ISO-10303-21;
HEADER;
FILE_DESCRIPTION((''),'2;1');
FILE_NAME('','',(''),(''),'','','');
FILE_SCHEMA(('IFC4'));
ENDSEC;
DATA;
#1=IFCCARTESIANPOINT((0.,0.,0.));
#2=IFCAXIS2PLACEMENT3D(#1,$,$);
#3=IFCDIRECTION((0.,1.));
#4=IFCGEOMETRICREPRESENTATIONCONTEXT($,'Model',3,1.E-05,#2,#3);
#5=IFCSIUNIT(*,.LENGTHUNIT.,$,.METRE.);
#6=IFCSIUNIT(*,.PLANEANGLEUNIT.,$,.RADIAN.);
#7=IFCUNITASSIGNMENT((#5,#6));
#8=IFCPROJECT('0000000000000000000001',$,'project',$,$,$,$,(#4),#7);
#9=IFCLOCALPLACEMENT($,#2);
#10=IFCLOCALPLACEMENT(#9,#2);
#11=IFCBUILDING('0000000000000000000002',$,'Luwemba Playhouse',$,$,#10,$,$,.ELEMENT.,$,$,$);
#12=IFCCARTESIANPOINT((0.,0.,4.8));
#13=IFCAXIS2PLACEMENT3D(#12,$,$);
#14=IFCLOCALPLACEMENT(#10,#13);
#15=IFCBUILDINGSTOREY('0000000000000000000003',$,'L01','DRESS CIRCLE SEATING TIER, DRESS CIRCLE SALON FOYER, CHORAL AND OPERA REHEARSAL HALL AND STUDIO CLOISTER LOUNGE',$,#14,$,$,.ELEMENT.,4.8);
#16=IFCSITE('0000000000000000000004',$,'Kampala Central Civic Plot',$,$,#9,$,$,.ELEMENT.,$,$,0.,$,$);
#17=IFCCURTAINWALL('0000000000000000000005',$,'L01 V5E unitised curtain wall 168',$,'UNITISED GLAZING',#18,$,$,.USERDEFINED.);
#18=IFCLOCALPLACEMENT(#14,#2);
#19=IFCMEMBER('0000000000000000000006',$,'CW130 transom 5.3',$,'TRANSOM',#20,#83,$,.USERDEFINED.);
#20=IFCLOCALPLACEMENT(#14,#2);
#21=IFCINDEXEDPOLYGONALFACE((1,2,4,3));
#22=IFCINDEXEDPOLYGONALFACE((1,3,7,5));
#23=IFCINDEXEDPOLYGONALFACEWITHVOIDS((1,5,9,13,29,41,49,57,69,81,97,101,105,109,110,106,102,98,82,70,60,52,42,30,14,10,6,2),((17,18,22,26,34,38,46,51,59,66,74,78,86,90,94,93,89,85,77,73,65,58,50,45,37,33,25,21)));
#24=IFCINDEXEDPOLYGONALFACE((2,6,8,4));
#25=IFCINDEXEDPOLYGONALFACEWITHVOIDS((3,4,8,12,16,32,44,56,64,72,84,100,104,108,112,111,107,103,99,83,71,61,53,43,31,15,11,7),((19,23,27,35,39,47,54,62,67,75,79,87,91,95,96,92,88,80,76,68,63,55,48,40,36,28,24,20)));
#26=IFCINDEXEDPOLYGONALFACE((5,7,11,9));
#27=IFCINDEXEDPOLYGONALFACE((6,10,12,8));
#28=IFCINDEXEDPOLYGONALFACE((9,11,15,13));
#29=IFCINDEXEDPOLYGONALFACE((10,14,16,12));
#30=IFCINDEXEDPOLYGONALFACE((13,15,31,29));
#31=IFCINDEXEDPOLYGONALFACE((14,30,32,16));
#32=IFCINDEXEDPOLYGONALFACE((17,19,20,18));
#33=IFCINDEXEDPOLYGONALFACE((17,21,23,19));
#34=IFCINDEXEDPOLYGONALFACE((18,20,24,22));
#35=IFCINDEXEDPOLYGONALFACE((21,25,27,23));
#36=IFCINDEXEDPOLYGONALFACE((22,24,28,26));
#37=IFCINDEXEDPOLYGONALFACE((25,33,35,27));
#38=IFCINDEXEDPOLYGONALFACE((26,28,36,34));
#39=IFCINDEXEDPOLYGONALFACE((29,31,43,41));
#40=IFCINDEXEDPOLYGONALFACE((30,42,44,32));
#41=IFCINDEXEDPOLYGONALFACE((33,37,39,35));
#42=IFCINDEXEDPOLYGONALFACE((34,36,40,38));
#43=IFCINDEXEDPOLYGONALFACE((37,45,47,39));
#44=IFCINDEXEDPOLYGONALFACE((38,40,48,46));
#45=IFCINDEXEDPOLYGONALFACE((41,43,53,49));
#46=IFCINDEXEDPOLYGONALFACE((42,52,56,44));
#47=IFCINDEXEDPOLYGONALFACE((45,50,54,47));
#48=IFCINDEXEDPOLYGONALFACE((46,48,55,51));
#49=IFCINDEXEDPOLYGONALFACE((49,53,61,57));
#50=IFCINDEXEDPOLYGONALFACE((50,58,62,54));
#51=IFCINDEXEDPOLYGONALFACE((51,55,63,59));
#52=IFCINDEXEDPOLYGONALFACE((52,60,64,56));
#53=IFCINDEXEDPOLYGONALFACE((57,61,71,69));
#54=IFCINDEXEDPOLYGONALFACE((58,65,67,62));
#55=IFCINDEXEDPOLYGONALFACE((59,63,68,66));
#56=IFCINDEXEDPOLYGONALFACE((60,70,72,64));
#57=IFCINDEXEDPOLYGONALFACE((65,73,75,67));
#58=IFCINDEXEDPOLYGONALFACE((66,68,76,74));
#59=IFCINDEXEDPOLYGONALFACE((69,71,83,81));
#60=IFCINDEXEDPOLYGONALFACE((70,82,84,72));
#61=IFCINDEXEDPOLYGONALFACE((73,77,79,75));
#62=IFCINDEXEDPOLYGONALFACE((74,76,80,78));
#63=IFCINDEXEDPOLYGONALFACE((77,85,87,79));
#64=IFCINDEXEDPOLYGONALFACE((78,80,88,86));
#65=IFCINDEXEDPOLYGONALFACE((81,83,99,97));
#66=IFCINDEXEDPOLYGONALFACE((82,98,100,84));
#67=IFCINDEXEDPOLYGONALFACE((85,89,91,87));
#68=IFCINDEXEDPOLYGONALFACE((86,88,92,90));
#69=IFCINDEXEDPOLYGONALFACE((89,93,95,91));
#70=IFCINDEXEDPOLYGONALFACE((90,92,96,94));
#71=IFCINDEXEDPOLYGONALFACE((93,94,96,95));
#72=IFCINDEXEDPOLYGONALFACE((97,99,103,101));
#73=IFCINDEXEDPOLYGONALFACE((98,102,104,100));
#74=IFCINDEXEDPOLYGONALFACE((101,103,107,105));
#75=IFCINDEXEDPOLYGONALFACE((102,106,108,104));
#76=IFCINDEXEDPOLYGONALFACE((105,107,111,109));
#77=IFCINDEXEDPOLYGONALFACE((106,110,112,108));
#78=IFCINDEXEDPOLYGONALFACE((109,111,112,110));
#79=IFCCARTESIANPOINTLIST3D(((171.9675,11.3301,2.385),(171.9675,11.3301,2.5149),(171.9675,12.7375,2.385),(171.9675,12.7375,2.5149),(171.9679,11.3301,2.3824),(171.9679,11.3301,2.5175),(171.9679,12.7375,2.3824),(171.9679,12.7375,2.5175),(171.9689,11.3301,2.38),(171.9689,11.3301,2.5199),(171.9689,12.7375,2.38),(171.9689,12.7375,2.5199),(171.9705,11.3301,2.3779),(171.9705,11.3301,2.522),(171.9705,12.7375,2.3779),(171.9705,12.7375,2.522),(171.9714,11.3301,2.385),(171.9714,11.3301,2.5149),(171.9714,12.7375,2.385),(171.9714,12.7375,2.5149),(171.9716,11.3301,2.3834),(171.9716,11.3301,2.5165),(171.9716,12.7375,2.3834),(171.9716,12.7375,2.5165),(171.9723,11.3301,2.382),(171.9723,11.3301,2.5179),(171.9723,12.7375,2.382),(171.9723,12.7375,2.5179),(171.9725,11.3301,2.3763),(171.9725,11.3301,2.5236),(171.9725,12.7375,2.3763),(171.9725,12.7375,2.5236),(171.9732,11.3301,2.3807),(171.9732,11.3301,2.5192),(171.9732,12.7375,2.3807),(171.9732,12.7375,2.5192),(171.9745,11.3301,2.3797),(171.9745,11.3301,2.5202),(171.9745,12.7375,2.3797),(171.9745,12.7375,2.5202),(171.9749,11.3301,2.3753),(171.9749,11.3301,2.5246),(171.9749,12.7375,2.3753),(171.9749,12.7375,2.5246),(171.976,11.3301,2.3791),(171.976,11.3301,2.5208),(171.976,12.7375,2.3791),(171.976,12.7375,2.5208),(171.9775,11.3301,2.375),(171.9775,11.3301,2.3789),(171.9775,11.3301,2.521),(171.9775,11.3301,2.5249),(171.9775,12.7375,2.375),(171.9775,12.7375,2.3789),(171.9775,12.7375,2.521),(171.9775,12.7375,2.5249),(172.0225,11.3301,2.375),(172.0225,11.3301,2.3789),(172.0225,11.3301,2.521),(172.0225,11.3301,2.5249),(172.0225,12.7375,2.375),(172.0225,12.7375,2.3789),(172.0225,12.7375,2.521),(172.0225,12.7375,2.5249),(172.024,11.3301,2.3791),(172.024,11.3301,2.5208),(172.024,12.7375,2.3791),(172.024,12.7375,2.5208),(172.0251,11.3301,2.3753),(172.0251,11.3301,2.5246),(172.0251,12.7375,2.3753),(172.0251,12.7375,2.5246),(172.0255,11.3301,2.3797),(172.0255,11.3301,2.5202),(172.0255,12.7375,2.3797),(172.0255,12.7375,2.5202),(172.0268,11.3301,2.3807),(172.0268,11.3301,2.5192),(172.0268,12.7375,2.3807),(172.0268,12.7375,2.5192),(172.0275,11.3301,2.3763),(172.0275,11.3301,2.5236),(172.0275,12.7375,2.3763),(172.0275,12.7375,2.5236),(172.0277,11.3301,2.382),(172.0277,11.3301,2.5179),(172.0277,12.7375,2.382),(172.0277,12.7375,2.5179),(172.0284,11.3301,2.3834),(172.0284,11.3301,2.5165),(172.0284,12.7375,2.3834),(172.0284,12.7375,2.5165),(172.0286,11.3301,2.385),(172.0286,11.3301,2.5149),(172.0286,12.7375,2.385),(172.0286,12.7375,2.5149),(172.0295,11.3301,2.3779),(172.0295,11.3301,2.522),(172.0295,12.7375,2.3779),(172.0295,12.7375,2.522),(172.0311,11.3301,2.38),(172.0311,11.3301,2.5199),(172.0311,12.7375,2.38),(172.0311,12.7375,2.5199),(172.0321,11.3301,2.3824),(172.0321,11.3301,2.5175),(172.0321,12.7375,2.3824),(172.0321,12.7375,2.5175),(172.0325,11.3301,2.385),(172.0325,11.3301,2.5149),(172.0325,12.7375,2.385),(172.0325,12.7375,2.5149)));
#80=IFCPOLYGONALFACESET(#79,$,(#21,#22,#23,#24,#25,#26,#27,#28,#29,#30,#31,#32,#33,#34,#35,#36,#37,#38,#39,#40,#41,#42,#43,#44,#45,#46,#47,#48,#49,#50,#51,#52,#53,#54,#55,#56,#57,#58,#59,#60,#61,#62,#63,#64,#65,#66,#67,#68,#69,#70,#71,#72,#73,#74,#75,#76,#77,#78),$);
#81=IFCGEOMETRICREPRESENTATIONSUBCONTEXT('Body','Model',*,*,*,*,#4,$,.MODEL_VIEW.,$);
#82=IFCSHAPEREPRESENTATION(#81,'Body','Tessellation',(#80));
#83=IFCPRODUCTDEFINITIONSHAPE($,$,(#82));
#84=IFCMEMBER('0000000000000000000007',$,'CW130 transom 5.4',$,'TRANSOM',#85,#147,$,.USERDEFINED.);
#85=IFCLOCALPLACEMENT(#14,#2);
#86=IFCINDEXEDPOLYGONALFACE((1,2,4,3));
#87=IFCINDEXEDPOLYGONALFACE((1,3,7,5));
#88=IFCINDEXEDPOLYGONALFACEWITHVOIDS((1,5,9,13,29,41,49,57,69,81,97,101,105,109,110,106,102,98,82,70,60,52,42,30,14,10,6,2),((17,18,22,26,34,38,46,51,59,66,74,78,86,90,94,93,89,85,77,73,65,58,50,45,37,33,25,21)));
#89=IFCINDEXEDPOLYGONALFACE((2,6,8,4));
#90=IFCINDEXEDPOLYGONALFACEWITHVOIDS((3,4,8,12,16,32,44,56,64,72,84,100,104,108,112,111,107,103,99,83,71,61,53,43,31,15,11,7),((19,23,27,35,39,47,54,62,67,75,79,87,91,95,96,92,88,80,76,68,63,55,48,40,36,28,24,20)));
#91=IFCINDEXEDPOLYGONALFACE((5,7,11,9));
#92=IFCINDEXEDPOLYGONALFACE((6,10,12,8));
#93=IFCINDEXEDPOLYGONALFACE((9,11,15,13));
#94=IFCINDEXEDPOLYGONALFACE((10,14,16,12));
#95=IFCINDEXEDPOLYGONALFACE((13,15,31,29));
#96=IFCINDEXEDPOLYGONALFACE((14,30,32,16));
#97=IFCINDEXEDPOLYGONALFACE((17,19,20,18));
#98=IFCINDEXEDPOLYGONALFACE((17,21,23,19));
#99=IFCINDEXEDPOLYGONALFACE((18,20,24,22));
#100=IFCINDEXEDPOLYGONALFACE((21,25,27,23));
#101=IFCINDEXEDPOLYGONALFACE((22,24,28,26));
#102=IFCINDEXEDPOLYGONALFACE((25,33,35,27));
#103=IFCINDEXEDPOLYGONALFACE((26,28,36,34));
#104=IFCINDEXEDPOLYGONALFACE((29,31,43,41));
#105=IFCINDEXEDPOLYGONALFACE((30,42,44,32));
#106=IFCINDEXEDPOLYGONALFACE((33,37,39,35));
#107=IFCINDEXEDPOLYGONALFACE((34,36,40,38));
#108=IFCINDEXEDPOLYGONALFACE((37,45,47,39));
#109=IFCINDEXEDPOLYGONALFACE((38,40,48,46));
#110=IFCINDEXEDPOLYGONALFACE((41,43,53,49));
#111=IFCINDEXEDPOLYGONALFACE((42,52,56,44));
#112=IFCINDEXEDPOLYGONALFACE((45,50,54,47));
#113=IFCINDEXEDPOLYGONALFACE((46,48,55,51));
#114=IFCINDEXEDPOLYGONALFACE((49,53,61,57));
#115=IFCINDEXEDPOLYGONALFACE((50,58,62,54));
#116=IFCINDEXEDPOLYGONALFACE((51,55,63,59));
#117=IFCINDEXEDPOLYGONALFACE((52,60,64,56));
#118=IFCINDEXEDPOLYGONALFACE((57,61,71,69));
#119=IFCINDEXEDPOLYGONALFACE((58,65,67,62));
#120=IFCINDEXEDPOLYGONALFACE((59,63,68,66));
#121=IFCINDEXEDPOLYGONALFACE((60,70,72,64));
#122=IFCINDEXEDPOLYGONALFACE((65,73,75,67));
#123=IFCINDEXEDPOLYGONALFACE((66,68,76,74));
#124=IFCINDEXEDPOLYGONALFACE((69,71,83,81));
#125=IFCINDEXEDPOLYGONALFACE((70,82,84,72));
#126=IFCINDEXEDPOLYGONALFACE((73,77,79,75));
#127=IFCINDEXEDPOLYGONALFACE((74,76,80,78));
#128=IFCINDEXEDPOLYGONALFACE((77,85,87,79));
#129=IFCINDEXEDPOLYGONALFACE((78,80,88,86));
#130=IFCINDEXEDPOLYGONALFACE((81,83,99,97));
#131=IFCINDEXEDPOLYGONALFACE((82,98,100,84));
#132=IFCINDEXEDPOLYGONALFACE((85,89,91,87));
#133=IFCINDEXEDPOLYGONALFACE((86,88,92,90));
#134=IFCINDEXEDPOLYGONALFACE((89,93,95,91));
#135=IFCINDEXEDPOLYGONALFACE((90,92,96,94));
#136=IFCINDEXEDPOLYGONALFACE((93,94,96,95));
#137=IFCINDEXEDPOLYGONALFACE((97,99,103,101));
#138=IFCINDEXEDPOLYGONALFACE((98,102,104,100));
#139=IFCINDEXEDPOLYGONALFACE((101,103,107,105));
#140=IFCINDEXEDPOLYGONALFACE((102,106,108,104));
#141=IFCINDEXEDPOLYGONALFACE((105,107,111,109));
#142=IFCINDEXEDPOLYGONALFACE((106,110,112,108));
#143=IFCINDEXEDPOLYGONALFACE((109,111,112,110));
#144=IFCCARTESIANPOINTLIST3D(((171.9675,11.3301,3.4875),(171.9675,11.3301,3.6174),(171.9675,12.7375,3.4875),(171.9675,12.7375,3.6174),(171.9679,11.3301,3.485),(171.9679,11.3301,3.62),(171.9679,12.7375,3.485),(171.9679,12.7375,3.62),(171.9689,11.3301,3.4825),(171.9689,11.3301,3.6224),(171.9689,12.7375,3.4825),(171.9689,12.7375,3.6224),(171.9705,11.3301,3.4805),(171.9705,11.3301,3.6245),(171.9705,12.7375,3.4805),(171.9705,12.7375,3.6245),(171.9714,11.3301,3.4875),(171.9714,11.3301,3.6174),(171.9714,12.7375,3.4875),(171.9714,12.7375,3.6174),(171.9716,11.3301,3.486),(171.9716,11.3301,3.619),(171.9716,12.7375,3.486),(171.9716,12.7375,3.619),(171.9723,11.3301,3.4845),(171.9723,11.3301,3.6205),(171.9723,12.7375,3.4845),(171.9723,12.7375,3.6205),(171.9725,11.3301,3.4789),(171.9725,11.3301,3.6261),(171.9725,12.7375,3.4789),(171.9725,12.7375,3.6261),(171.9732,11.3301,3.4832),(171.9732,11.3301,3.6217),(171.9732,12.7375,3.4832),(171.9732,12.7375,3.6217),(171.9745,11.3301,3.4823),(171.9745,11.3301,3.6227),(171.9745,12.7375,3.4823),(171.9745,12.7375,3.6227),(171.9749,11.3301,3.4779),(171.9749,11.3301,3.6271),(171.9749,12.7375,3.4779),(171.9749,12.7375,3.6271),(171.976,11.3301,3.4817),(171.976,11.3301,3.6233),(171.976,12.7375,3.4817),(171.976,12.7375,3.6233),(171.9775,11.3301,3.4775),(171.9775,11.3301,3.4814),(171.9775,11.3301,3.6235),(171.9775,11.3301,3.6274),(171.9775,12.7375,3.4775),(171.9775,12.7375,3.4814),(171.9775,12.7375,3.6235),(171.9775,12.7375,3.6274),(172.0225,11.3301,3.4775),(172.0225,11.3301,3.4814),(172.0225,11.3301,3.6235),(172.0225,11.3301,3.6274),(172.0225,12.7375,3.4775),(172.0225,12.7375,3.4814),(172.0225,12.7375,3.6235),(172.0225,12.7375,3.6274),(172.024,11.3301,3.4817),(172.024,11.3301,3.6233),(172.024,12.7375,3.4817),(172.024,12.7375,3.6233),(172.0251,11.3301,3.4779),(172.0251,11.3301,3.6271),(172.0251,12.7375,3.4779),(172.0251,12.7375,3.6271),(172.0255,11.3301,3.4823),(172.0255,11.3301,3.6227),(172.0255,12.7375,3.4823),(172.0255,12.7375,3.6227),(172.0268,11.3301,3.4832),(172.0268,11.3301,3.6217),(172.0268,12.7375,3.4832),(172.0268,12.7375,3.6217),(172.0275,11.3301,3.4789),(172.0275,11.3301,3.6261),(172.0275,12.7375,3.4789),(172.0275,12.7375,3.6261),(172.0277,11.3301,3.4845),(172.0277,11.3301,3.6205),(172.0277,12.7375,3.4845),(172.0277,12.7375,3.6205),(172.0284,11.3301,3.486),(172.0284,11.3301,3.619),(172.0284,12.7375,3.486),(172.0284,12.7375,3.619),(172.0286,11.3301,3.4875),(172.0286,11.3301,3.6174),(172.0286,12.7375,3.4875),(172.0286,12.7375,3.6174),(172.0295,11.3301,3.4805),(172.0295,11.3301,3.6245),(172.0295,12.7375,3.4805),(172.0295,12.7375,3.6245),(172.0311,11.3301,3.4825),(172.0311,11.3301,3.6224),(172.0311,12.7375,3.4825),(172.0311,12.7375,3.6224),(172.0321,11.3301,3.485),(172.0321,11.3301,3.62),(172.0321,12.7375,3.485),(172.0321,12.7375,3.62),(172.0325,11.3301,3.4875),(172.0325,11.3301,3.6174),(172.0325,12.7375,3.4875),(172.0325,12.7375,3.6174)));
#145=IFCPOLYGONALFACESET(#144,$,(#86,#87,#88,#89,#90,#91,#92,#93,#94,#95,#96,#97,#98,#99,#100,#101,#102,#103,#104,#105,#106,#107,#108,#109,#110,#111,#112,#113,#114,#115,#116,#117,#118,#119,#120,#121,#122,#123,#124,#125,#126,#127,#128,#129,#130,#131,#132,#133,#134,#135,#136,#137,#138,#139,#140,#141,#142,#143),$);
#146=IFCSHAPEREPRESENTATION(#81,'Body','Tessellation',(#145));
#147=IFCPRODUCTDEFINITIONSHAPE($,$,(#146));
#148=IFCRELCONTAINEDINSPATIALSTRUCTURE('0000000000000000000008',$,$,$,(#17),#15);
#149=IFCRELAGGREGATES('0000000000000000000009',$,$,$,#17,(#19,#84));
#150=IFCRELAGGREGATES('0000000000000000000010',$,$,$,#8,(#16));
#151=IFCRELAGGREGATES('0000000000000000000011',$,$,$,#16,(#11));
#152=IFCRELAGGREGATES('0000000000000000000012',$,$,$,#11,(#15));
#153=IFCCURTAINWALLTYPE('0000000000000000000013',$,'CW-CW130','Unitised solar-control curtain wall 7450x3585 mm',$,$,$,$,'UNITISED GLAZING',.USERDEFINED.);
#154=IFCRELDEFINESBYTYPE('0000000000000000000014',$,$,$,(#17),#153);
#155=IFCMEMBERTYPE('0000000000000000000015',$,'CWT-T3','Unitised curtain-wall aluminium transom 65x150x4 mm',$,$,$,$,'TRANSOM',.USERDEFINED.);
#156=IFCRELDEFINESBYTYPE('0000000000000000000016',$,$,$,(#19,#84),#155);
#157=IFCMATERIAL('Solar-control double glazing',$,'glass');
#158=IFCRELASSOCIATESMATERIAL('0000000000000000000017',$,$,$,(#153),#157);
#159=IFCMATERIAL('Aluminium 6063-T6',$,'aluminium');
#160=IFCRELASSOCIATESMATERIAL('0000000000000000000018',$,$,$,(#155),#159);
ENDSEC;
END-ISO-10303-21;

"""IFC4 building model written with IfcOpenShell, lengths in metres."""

from ifc_helpers import new_model, si_unit, direction, frame, origin, origin_2d, place, context, subcontext, project, spatial, hollow_rectangle, extrude, material, material_profile, profile_set, type_object, element, aggregate, save


model = new_model("IFC4")

# Units and contexts
model_context = context("Model", 3, precision=1e-05, world=origin(), true_north=direction((0.0, 1.0)))
body_context = subcontext(model_context, "Body", "Model", "MODEL_VIEW")
ifc_project = project(units=[si_unit("LENGTHUNIT", "METRE"), si_unit("PLANEANGLEUNIT", "RADIAN")], contexts=[model_context])

# Site, building, storey
site_placement = place(None, origin())
site = spatial("IfcSite", under=ifc_project, at=site_placement, Name="Kampala Central Civic Plot", CompositionType="ELEMENT", RefElevation=0.0)
building_placement = place(site_placement, origin())
building = spatial("IfcBuilding", under=site, at=building_placement, Name="Luwemba Playhouse", CompositionType="ELEMENT")
storey_placement = place(building_placement, frame((0.0, 0.0, 4.8)))
storey = spatial("IfcBuildingStorey", under=building, at=storey_placement, Name="L01", Description="DRESS CIRCLE SEATING TIER, DRESS CIRCLE SALON FOYER, CHORAL AND OPERA REHEARSAL HALL AND STUDIO CLOISTER LOUNGE", CompositionType="ELEMENT", Elevation=4.8)

# Curtain wall, members
ifc_material_1 = material(Name="Solar-control double glazing", Category="glass")
curtain_wall_type_1 = type_object("IfcCurtainWallType", Name="CW-CW130", Description="Unitised solar-control curtain wall 7450x3585 mm", ElementType="UNITISED GLAZING", PredefinedType="USERDEFINED", material=ifc_material_1)
curtain_wall_1_placement = place(storey_placement, origin())
curtain_wall_1 = element("IfcCurtainWall", 1, at=curtain_wall_1_placement, inside=storey, type_object=curtain_wall_type_1, Name="L01 V5E unitised curtain wall 168", ObjectType="UNITISED GLAZING", PredefinedType="USERDEFINED")
ifc_material_2 = material(Name="Aluminium 6063-T6", Category="aluminium")
ifc_material_profile_1 = material_profile(ifc_material_2, hollow_rectangle(XDim=0.0649, YDim=0.1499, WallThickness=0.0039, InnerFilletRadius=0.0061, OuterFilletRadius=0.01, at=origin_2d()))
ifc_profile_set_1 = profile_set([ifc_material_profile_1], Name="Aluminium 6063-T6")
member_type_1 = type_object("IfcMemberType", Name="CWT-T3", Description="Unitised curtain-wall aluminium transom 65x150x4 mm", ElementType="TRANSOM", PredefinedType="USERDEFINED", material=ifc_profile_set_1)
member_1_placement = place(storey_placement, frame((172.0, 12.7375, 2.45), z_axis=(0.0, -1.0, 0.0), x_axis=(1.0, 0.0, 0.0)))
member_1 = element("IfcMember", 2, at=member_1_placement, type_object=member_type_1, Name="CW130 transom 5.3", ObjectType="TRANSOM", PredefinedType="USERDEFINED", context=body_context, shape_type="SweptSolid", body=[
    extrude(hollow_rectangle(XDim=0.0649, YDim=0.1499, WallThickness=0.0039, InnerFilletRadius=0.0061, OuterFilletRadius=0.01, at=origin_2d()), origin(), (0.0, 0.0, 1.0), 1.4075),
])
member_2_placement = place(storey_placement, frame((172.0, 12.7375, 3.5525), z_axis=(0.0, -1.0, 0.0), x_axis=(1.0, 0.0, 0.0)))
member_2 = element("IfcMember", 3, at=member_2_placement, type_object=member_type_1, Name="CW130 transom 5.4", ObjectType="TRANSOM", PredefinedType="USERDEFINED", context=body_context, shape_type="SweptSolid", body=[
    extrude(hollow_rectangle(XDim=0.0649, YDim=0.1499, WallThickness=0.0039, InnerFilletRadius=0.0061, OuterFilletRadius=0.01, at=origin_2d()), origin(), (0.0, 0.0, 1.0), 1.4075),
])

aggregate(curtain_wall_1, [member_1, member_2])

save(model, "model.ifc")
